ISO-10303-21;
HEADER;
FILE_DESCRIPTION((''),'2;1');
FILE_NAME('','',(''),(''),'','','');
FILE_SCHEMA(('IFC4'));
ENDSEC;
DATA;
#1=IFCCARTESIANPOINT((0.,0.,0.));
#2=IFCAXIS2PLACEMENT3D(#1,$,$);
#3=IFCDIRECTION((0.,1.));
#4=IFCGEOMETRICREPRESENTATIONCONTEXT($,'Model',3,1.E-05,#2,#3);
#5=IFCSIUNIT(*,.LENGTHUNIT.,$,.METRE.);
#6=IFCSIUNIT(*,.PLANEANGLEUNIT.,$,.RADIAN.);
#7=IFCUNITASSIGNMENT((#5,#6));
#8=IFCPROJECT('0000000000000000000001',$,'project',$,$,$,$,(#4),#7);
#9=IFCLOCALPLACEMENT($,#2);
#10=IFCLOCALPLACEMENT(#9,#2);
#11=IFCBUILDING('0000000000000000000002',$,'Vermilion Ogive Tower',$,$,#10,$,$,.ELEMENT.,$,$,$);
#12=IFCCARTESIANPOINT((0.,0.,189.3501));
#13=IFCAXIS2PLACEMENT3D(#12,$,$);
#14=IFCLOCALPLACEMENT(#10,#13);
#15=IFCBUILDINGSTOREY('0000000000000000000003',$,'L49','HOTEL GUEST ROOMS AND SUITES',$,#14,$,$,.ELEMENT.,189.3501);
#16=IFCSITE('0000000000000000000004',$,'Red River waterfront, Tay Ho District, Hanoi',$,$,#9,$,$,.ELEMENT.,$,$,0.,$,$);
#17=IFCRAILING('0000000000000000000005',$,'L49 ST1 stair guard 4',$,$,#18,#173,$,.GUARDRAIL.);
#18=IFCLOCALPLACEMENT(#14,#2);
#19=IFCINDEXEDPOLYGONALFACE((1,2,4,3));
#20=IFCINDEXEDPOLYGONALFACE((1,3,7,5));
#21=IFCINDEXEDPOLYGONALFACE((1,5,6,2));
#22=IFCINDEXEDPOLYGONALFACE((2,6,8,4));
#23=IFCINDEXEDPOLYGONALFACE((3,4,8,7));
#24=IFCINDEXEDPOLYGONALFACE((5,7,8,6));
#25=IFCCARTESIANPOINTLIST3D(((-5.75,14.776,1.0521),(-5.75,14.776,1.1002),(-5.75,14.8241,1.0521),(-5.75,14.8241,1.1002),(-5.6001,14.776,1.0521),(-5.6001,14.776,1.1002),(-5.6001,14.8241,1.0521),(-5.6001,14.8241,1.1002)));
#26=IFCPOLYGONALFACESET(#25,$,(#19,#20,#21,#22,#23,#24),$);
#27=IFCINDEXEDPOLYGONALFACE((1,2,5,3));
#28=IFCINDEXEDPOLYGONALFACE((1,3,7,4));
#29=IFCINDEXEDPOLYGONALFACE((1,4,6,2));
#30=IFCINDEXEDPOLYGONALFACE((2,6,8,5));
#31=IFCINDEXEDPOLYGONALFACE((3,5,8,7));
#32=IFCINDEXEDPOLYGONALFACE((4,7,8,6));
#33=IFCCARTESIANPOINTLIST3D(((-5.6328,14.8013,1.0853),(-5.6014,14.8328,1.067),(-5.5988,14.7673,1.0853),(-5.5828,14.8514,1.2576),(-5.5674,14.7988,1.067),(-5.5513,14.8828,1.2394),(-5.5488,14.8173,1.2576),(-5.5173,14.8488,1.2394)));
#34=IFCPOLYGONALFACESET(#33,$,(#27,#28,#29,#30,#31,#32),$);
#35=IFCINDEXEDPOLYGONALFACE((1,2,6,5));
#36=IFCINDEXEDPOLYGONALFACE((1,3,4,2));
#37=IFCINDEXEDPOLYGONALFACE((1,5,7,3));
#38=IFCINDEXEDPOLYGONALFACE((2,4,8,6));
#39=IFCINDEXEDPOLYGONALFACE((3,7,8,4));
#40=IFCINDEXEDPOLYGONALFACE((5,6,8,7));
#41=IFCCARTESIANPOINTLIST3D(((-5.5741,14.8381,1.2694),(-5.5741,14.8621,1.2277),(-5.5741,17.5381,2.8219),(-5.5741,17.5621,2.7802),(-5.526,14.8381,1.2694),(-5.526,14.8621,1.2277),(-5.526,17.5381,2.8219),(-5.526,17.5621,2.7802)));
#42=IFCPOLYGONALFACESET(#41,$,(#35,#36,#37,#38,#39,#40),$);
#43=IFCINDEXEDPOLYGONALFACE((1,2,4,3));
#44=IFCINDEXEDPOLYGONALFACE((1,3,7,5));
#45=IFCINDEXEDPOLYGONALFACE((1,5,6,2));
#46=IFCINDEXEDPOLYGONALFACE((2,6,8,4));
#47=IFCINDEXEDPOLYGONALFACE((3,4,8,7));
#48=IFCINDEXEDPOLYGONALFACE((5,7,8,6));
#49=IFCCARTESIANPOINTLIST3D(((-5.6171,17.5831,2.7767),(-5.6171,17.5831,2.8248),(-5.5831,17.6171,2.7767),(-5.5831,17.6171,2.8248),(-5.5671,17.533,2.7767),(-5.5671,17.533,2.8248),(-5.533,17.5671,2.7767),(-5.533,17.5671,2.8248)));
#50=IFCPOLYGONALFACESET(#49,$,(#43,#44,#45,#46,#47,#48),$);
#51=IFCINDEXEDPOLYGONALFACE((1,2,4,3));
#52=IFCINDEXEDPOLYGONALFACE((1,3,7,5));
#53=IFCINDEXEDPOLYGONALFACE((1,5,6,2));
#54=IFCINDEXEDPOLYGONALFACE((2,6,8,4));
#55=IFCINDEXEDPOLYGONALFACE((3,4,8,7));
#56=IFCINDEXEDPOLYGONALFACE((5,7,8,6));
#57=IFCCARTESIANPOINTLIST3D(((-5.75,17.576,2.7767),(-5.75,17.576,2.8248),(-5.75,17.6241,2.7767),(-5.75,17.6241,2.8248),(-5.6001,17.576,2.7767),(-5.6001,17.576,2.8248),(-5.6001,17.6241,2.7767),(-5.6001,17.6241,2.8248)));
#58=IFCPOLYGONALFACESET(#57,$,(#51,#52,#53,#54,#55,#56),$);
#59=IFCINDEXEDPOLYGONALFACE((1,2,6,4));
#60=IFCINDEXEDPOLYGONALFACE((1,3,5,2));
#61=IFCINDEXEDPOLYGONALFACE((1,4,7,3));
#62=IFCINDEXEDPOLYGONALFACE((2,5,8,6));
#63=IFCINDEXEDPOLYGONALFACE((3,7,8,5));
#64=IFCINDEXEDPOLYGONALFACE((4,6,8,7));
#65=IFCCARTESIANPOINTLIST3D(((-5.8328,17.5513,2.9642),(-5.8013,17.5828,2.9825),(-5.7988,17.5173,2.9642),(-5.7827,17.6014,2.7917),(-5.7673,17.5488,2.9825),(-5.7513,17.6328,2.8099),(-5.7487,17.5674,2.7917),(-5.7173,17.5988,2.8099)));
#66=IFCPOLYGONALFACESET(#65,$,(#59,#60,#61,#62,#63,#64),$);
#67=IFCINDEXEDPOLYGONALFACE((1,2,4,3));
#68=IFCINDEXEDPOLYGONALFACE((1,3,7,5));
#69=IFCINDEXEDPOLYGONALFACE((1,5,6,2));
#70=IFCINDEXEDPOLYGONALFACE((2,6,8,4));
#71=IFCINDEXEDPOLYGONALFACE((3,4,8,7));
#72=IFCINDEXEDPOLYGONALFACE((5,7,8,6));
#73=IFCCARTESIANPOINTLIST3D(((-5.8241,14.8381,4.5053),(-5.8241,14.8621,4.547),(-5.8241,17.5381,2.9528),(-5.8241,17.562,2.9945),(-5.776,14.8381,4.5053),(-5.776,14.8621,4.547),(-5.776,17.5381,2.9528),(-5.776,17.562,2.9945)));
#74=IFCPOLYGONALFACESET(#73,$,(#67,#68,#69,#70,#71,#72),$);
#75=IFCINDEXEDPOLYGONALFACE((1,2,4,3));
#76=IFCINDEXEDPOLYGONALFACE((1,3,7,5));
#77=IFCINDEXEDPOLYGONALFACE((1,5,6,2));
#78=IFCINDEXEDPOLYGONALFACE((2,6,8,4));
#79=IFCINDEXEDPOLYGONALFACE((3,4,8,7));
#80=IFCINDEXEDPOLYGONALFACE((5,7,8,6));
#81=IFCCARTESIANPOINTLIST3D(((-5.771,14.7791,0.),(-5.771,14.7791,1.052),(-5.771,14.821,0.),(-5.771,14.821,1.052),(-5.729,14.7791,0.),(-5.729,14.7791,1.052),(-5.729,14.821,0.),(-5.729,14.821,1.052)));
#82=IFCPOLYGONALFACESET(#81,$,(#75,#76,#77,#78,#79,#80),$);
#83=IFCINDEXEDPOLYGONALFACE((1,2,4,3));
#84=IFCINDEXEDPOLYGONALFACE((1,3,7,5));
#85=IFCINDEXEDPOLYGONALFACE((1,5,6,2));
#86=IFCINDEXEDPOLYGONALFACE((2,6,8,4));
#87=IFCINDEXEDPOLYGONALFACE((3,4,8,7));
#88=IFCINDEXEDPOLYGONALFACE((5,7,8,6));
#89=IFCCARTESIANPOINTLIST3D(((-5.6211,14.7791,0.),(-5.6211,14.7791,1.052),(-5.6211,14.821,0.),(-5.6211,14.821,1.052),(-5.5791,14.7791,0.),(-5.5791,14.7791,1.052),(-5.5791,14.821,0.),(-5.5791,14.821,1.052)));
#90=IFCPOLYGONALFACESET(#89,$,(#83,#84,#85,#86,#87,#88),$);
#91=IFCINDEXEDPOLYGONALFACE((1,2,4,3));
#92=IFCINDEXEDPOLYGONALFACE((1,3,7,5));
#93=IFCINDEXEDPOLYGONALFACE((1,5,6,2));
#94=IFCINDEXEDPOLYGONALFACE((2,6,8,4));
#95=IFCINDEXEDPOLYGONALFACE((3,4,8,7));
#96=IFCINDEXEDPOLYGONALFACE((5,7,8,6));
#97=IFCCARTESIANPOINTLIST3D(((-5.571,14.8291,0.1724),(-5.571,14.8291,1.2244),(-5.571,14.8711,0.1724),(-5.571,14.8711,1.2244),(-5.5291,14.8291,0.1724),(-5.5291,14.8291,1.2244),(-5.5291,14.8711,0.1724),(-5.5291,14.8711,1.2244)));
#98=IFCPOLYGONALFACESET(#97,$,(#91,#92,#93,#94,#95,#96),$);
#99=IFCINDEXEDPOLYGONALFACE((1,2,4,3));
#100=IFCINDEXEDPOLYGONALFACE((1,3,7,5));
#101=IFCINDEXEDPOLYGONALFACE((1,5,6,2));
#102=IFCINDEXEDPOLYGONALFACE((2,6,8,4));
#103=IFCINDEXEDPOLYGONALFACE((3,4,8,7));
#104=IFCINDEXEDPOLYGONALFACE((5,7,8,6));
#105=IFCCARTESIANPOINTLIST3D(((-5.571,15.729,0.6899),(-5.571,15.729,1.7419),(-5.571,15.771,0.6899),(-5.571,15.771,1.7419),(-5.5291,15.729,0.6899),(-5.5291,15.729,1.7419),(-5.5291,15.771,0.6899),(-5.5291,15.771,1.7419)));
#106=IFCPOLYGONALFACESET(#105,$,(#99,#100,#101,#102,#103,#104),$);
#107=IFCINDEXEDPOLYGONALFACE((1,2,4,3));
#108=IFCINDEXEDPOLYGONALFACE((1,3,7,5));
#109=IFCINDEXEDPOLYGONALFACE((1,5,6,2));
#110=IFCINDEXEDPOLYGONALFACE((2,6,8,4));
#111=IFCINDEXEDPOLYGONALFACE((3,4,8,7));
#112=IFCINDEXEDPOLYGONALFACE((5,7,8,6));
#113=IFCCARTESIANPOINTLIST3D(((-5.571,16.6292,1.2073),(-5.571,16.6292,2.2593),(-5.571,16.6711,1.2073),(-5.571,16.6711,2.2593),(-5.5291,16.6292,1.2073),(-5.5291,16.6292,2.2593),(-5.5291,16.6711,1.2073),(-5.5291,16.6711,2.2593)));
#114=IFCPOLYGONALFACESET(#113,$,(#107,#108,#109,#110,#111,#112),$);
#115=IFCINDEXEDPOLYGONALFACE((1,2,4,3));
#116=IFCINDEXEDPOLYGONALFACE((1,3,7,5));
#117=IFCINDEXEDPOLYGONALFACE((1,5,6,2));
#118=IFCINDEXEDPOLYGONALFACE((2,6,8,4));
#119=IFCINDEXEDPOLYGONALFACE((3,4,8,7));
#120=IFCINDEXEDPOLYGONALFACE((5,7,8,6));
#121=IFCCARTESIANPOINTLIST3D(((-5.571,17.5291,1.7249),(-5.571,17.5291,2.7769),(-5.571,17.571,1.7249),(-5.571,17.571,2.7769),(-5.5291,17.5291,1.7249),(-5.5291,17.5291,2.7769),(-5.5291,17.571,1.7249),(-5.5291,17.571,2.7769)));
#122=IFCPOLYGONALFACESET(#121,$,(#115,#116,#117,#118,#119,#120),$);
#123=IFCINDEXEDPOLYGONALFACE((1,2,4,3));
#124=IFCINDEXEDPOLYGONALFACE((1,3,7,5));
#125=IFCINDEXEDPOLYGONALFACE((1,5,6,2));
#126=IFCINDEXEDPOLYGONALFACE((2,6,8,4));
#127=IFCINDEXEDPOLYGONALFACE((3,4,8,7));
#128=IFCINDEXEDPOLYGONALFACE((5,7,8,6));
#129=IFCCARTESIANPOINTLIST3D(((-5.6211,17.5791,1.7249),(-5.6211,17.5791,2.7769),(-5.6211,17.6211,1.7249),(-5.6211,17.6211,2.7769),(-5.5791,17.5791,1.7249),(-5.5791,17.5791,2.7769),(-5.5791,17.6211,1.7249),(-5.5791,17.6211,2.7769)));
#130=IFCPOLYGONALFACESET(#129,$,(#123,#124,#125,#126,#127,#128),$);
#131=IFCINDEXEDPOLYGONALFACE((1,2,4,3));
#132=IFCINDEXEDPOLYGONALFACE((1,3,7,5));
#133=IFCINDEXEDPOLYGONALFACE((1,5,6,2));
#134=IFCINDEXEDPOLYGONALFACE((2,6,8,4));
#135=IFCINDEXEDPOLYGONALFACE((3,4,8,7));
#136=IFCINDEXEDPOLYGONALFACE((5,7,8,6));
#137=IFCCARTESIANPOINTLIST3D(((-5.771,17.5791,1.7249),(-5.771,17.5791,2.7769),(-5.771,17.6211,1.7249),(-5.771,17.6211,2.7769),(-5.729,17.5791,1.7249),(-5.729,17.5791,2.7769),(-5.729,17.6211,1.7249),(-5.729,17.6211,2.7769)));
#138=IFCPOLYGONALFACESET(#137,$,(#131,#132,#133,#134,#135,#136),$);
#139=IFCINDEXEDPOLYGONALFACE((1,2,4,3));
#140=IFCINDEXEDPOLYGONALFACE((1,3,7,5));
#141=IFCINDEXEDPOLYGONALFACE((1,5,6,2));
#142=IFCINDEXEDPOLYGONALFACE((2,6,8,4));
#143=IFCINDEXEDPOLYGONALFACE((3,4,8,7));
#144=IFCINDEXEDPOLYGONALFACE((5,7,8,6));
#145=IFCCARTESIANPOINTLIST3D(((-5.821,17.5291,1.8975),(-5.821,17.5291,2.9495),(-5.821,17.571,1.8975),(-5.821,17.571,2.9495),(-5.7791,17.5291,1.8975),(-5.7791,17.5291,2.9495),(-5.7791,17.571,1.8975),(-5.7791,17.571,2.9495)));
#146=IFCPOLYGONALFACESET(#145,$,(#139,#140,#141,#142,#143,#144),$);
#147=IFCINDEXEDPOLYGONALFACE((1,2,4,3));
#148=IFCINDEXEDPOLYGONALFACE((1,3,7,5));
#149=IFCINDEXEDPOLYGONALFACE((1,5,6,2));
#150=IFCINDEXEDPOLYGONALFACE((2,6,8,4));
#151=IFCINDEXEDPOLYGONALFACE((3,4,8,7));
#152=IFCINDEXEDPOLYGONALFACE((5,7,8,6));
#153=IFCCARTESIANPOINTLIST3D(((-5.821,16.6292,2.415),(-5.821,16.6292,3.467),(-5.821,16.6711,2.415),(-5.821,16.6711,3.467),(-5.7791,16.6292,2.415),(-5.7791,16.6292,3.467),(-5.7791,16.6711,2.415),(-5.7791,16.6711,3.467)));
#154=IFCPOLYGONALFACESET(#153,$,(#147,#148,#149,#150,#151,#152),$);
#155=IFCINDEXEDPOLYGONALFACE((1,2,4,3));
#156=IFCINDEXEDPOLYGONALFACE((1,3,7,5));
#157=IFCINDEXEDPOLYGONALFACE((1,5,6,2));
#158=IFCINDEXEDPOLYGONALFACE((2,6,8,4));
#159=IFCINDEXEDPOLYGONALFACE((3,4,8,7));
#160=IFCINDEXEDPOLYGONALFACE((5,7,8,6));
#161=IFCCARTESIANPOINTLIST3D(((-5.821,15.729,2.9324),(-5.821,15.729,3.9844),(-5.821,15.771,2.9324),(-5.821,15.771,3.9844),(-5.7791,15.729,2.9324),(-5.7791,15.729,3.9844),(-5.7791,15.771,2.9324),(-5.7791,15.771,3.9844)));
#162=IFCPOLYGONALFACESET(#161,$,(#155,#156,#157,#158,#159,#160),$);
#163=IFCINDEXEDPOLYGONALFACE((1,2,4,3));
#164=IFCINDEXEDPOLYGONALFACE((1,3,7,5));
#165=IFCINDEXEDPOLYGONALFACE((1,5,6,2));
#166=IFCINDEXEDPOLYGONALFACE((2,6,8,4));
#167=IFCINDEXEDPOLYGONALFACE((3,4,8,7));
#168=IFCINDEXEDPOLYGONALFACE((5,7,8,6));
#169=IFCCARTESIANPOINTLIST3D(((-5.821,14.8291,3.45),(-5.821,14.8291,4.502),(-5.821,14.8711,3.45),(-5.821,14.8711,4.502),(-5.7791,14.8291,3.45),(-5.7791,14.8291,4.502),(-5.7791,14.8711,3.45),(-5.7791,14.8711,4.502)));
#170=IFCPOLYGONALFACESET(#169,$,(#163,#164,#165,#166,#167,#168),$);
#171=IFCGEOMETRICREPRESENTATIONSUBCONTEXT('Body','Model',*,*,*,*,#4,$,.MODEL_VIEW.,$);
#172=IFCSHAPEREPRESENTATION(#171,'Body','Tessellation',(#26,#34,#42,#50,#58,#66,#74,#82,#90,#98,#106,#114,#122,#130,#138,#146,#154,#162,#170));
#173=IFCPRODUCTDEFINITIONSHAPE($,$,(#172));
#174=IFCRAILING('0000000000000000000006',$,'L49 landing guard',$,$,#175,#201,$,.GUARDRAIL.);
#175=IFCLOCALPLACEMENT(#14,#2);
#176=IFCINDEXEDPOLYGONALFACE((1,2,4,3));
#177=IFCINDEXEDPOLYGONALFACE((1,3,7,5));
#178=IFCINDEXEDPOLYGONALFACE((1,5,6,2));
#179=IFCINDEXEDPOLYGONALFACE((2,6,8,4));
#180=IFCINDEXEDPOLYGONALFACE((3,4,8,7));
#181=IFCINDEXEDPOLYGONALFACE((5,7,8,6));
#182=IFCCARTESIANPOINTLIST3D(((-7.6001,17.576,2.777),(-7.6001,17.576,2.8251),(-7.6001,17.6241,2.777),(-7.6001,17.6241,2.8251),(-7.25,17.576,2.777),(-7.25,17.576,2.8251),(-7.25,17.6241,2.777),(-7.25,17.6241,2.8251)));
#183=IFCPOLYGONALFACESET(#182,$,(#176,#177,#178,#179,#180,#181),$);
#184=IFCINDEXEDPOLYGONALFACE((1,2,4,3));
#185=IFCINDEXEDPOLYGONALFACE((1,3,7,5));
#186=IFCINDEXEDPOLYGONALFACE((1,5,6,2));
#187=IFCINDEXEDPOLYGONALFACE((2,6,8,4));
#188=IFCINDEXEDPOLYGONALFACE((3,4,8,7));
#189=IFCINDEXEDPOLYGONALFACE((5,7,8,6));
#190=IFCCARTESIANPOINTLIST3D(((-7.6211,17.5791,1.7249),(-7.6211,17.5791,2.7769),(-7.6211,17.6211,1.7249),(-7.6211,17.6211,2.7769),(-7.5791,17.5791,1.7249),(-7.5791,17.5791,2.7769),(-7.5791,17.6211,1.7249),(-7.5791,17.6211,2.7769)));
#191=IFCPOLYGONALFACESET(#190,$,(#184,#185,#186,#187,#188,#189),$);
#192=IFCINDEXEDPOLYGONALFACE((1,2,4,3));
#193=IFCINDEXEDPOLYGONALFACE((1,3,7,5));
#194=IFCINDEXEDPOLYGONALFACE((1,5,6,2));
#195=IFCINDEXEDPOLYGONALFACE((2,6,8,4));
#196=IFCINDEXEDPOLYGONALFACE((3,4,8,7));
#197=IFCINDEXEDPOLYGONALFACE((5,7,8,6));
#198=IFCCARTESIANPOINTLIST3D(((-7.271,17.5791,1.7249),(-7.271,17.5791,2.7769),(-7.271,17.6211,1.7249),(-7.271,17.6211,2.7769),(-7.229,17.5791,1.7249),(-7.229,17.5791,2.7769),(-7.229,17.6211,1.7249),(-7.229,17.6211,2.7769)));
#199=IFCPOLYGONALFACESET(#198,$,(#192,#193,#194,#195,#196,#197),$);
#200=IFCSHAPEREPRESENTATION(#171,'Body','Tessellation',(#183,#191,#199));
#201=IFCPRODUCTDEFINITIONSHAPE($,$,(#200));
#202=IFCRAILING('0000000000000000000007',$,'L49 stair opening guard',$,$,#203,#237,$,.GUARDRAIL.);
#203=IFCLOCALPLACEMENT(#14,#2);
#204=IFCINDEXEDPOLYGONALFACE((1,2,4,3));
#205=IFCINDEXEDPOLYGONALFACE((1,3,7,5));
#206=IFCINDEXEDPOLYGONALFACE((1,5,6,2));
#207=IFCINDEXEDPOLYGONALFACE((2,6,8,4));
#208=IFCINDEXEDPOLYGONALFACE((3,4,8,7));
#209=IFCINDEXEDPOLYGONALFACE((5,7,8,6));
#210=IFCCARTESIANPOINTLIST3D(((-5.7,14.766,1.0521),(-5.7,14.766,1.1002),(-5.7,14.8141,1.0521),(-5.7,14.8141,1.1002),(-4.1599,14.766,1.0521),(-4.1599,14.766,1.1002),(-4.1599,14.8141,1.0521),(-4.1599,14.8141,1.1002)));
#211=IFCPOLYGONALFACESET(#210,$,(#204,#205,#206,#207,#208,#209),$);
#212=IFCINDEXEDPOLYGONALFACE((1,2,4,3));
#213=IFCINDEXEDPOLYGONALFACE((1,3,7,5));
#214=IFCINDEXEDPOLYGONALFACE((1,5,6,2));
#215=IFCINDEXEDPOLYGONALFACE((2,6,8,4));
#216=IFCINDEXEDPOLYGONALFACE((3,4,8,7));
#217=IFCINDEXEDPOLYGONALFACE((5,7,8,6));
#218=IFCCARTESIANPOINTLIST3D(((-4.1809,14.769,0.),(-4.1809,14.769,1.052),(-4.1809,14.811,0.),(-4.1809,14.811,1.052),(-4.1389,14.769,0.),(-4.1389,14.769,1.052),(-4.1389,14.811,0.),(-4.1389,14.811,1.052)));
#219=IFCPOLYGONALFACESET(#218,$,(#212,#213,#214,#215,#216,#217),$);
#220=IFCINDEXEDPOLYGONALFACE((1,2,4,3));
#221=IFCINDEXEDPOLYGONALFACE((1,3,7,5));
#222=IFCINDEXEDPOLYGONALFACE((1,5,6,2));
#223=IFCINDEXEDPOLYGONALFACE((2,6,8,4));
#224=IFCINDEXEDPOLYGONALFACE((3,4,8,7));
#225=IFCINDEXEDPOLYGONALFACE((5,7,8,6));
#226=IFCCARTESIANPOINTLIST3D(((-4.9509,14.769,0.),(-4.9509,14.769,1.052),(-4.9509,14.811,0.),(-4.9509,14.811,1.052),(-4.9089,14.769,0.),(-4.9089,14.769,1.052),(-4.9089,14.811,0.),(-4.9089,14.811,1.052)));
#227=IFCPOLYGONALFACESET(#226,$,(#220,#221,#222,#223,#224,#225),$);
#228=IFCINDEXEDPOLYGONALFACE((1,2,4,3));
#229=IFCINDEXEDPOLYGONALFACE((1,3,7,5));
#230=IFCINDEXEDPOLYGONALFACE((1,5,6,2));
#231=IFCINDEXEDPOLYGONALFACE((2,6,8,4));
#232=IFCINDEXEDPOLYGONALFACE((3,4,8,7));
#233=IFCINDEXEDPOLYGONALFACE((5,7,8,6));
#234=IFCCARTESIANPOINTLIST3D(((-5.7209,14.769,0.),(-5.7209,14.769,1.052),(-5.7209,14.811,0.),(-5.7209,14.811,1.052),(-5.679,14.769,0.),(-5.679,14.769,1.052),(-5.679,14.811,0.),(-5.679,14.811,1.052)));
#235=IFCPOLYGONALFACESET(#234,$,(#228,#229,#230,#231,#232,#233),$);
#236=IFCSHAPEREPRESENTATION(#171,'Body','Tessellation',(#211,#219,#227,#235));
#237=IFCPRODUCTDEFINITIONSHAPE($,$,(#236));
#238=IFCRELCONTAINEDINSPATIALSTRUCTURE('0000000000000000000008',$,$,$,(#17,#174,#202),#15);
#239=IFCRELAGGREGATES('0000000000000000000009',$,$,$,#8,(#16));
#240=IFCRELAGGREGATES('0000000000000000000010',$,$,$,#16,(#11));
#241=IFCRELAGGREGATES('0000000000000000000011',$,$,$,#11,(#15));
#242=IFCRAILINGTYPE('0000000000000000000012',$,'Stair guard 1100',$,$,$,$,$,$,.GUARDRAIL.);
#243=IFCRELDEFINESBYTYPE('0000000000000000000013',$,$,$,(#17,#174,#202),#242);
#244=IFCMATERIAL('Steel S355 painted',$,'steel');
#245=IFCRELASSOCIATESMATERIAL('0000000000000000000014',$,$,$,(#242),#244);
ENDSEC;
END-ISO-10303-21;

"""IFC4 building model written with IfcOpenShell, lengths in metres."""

from ifc_helpers import new_model, si_unit, direction, frame, origin, origin_2d, place, context, subcontext, project, spatial, rectangle, extrude, material, type_object, element, save


model = new_model("IFC4")

# Units and contexts
model_context = context("Model", 3, precision=1e-05, world=origin(), true_north=direction((0.0, 1.0)))
body_context = subcontext(model_context, "Body", "Model", "MODEL_VIEW")
ifc_project = project(units=[si_unit("LENGTHUNIT", "METRE"), si_unit("PLANEANGLEUNIT", "RADIAN")], contexts=[model_context])

# Site, building, storey
site_placement = place(None, origin())
site = spatial("IfcSite", under=ifc_project, at=site_placement, Name="Red River waterfront, Tay Ho District, Hanoi", CompositionType="ELEMENT", RefElevation=0.0)
building_placement = place(site_placement, origin())
building = spatial("IfcBuilding", under=site, at=building_placement, Name="Vermilion Ogive Tower", CompositionType="ELEMENT")
storey_placement = place(building_placement, frame((0.0, 0.0, 189.3501)))
storey = spatial("IfcBuildingStorey", under=building, at=storey_placement, Name="L49", Description="HOTEL GUEST ROOMS AND SUITES", CompositionType="ELEMENT", Elevation=189.3501)

# Railings
ifc_material_1 = material(Name="Steel S355 painted", Category="steel")
railing_type_1 = type_object("IfcRailingType", Name="Stair guard 1100", PredefinedType="GUARDRAIL", material=ifc_material_1)
railing_1_placement = place(storey_placement, frame((-5.75, 14.8, 0.0)))
element("IfcRailing", 1, at=railing_1_placement, inside=storey, type_object=railing_type_1, Name="L49 ST1 stair guard 4", PredefinedType="GUARDRAIL", context=body_context, shape_type="SweptSolid", body=[
    extrude(rectangle(XDim=0.0481, YDim=0.0481, at=origin_2d()), frame((0.0, 0.0, 1.0762), z_axis=(1.0, 0.0, 0.0), x_axis=(0.0, 1.0, 0.0)), (0.0, 0.0, 1.0), 0.1499),
    extrude(rectangle(XDim=0.0481, YDim=0.0481, at=origin_2d()), frame((0.1499, 0.0, 1.0762), z_axis=(0.268603, 0.268603, 0.925043), x_axis=(-0.707107, 0.707107, 0.0)), (0.0, 0.0, 1.0), 0.1863),
    extrude(rectangle(XDim=0.0481, YDim=0.0481, at=origin_2d()), frame((0.2, 0.05, 1.2485), z_axis=(0.0, 0.866904, 0.498476), x_axis=(-1.0, 0.0, 0.0)), (0.0, 0.0, 1.0), 3.1145),
    extrude(rectangle(XDim=0.0481, YDim=0.0481, at=origin_2d()), frame((0.2, 2.75, 2.8008), z_axis=(-0.707107, 0.707107, 0.0), x_axis=(-0.707107, -0.707107, 0.0)), (0.0, 0.0, 1.0), 0.0708),
    extrude(rectangle(XDim=0.0481, YDim=0.0481, at=origin_2d()), frame((0.1499, 2.8, 2.8008), z_axis=(-1.0, 0.0, 0.0), x_axis=(0.0, -1.0, 0.0)), (0.0, 0.0, 1.0), 0.1499),
    extrude(rectangle(XDim=0.0481, YDim=0.0481, at=origin_2d()), frame((0.0, 2.8, 2.8008), z_axis=(-0.268278, -0.268278, 0.925232), x_axis=(0.707107, -0.707107, 0.0)), (0.0, 0.0, 1.0), 0.1865),
    extrude(rectangle(XDim=0.0481, YDim=0.0481, at=origin_2d()), frame((-0.05, 2.75, 2.9736), z_axis=(0.0, -0.866904, 0.498476), x_axis=(1.0, 0.0, 0.0)), (0.0, 0.0, 1.0), 3.1145),
    extrude(rectangle(XDim=0.042, YDim=0.042, at=origin_2d()), origin(), (0.0, 0.0, 1.0), 1.052),
    extrude(rectangle(XDim=0.042, YDim=0.042, at=origin_2d()), frame((0.1499, 0.0, 0.0)), (0.0, 0.0, 1.0), 1.052),
    extrude(rectangle(XDim=0.042, YDim=0.042, at=origin_2d()), frame((0.2, 0.05, 0.1724)), (0.0, 0.0, 1.0), 1.052),
    extrude(rectangle(XDim=0.042, YDim=0.042, at=origin_2d()), frame((0.2, 0.95, 0.6899)), (0.0, 0.0, 1.0), 1.052),
    extrude(rectangle(XDim=0.042, YDim=0.042, at=origin_2d()), frame((0.2, 1.8501, 1.2073)), (0.0, 0.0, 1.0), 1.052),
    extrude(rectangle(XDim=0.042, YDim=0.042, at=origin_2d()), frame((0.2, 2.75, 1.7249)), (0.0, 0.0, 1.0), 1.052),
    extrude(rectangle(XDim=0.042, YDim=0.042, at=origin_2d()), frame((0.1499, 2.8, 1.7249)), (0.0, 0.0, 1.0), 1.052),
    extrude(rectangle(XDim=0.042, YDim=0.042, at=origin_2d()), frame((0.0, 2.8, 1.7249)), (0.0, 0.0, 1.0), 1.052),
    extrude(rectangle(XDim=0.042, YDim=0.042, at=origin_2d()), frame((-0.05, 2.75, 1.8975)), (0.0, 0.0, 1.0), 1.052),
    extrude(rectangle(XDim=0.042, YDim=0.042, at=origin_2d()), frame((-0.05, 1.8501, 2.415)), (0.0, 0.0, 1.0), 1.052),
    extrude(rectangle(XDim=0.042, YDim=0.042, at=origin_2d()), frame((-0.05, 0.95, 2.9324)), (0.0, 0.0, 1.0), 1.052),
    extrude(rectangle(XDim=0.042, YDim=0.042, at=origin_2d()), frame((-0.05, 0.05, 3.45)), (0.0, 0.0, 1.0), 1.052),
])
railing_2_placement = place(storey_placement, frame((-7.6001, 17.6001, 1.7249)))
element("IfcRailing", 2, at=railing_2_placement, inside=storey, type_object=railing_type_1, Name="L49 landing guard", PredefinedType="GUARDRAIL", context=body_context, shape_type="SweptSolid", body=[
    extrude(rectangle(XDim=0.0481, YDim=0.0481, at=origin_2d()), frame((0.0, 0.0, 1.0762), z_axis=(1.0, 0.0, 0.0), x_axis=(0.0, 1.0, 0.0)), (0.0, 0.0, 1.0), 0.3501),
    extrude(rectangle(XDim=0.042, YDim=0.042, at=origin_2d()), origin(), (0.0, 0.0, 1.0), 1.052),
    extrude(rectangle(XDim=0.042, YDim=0.042, at=origin_2d()), frame((0.3501, 0.0, 0.0)), (0.0, 0.0, 1.0), 1.052),
])
railing_3_placement = place(storey_placement, frame((-4.1599, 14.79, 0.0)))
element("IfcRailing", 3, at=railing_3_placement, inside=storey, type_object=railing_type_1, Name="L49 stair opening guard", PredefinedType="GUARDRAIL", context=body_context, shape_type="SweptSolid", body=[
    extrude(rectangle(XDim=0.0481, YDim=0.0481, at=origin_2d()), frame((0.0, 0.0, 1.0762), z_axis=(-1.0, 0.0, 0.0), x_axis=(0.0, -1.0, 0.0)), (0.0, 0.0, 1.0), 1.54),
    extrude(rectangle(XDim=0.042, YDim=0.042, at=origin_2d()), origin(), (0.0, 0.0, 1.0), 1.052),
    extrude(rectangle(XDim=0.042, YDim=0.042, at=origin_2d()), frame((-0.77, 0.0, 0.0)), (0.0, 0.0, 1.0), 1.052),
    extrude(rectangle(XDim=0.042, YDim=0.042, at=origin_2d()), frame((-1.54, 0.0, 0.0)), (0.0, 0.0, 1.0), 1.052),
])

save(model, "model.ifc")
